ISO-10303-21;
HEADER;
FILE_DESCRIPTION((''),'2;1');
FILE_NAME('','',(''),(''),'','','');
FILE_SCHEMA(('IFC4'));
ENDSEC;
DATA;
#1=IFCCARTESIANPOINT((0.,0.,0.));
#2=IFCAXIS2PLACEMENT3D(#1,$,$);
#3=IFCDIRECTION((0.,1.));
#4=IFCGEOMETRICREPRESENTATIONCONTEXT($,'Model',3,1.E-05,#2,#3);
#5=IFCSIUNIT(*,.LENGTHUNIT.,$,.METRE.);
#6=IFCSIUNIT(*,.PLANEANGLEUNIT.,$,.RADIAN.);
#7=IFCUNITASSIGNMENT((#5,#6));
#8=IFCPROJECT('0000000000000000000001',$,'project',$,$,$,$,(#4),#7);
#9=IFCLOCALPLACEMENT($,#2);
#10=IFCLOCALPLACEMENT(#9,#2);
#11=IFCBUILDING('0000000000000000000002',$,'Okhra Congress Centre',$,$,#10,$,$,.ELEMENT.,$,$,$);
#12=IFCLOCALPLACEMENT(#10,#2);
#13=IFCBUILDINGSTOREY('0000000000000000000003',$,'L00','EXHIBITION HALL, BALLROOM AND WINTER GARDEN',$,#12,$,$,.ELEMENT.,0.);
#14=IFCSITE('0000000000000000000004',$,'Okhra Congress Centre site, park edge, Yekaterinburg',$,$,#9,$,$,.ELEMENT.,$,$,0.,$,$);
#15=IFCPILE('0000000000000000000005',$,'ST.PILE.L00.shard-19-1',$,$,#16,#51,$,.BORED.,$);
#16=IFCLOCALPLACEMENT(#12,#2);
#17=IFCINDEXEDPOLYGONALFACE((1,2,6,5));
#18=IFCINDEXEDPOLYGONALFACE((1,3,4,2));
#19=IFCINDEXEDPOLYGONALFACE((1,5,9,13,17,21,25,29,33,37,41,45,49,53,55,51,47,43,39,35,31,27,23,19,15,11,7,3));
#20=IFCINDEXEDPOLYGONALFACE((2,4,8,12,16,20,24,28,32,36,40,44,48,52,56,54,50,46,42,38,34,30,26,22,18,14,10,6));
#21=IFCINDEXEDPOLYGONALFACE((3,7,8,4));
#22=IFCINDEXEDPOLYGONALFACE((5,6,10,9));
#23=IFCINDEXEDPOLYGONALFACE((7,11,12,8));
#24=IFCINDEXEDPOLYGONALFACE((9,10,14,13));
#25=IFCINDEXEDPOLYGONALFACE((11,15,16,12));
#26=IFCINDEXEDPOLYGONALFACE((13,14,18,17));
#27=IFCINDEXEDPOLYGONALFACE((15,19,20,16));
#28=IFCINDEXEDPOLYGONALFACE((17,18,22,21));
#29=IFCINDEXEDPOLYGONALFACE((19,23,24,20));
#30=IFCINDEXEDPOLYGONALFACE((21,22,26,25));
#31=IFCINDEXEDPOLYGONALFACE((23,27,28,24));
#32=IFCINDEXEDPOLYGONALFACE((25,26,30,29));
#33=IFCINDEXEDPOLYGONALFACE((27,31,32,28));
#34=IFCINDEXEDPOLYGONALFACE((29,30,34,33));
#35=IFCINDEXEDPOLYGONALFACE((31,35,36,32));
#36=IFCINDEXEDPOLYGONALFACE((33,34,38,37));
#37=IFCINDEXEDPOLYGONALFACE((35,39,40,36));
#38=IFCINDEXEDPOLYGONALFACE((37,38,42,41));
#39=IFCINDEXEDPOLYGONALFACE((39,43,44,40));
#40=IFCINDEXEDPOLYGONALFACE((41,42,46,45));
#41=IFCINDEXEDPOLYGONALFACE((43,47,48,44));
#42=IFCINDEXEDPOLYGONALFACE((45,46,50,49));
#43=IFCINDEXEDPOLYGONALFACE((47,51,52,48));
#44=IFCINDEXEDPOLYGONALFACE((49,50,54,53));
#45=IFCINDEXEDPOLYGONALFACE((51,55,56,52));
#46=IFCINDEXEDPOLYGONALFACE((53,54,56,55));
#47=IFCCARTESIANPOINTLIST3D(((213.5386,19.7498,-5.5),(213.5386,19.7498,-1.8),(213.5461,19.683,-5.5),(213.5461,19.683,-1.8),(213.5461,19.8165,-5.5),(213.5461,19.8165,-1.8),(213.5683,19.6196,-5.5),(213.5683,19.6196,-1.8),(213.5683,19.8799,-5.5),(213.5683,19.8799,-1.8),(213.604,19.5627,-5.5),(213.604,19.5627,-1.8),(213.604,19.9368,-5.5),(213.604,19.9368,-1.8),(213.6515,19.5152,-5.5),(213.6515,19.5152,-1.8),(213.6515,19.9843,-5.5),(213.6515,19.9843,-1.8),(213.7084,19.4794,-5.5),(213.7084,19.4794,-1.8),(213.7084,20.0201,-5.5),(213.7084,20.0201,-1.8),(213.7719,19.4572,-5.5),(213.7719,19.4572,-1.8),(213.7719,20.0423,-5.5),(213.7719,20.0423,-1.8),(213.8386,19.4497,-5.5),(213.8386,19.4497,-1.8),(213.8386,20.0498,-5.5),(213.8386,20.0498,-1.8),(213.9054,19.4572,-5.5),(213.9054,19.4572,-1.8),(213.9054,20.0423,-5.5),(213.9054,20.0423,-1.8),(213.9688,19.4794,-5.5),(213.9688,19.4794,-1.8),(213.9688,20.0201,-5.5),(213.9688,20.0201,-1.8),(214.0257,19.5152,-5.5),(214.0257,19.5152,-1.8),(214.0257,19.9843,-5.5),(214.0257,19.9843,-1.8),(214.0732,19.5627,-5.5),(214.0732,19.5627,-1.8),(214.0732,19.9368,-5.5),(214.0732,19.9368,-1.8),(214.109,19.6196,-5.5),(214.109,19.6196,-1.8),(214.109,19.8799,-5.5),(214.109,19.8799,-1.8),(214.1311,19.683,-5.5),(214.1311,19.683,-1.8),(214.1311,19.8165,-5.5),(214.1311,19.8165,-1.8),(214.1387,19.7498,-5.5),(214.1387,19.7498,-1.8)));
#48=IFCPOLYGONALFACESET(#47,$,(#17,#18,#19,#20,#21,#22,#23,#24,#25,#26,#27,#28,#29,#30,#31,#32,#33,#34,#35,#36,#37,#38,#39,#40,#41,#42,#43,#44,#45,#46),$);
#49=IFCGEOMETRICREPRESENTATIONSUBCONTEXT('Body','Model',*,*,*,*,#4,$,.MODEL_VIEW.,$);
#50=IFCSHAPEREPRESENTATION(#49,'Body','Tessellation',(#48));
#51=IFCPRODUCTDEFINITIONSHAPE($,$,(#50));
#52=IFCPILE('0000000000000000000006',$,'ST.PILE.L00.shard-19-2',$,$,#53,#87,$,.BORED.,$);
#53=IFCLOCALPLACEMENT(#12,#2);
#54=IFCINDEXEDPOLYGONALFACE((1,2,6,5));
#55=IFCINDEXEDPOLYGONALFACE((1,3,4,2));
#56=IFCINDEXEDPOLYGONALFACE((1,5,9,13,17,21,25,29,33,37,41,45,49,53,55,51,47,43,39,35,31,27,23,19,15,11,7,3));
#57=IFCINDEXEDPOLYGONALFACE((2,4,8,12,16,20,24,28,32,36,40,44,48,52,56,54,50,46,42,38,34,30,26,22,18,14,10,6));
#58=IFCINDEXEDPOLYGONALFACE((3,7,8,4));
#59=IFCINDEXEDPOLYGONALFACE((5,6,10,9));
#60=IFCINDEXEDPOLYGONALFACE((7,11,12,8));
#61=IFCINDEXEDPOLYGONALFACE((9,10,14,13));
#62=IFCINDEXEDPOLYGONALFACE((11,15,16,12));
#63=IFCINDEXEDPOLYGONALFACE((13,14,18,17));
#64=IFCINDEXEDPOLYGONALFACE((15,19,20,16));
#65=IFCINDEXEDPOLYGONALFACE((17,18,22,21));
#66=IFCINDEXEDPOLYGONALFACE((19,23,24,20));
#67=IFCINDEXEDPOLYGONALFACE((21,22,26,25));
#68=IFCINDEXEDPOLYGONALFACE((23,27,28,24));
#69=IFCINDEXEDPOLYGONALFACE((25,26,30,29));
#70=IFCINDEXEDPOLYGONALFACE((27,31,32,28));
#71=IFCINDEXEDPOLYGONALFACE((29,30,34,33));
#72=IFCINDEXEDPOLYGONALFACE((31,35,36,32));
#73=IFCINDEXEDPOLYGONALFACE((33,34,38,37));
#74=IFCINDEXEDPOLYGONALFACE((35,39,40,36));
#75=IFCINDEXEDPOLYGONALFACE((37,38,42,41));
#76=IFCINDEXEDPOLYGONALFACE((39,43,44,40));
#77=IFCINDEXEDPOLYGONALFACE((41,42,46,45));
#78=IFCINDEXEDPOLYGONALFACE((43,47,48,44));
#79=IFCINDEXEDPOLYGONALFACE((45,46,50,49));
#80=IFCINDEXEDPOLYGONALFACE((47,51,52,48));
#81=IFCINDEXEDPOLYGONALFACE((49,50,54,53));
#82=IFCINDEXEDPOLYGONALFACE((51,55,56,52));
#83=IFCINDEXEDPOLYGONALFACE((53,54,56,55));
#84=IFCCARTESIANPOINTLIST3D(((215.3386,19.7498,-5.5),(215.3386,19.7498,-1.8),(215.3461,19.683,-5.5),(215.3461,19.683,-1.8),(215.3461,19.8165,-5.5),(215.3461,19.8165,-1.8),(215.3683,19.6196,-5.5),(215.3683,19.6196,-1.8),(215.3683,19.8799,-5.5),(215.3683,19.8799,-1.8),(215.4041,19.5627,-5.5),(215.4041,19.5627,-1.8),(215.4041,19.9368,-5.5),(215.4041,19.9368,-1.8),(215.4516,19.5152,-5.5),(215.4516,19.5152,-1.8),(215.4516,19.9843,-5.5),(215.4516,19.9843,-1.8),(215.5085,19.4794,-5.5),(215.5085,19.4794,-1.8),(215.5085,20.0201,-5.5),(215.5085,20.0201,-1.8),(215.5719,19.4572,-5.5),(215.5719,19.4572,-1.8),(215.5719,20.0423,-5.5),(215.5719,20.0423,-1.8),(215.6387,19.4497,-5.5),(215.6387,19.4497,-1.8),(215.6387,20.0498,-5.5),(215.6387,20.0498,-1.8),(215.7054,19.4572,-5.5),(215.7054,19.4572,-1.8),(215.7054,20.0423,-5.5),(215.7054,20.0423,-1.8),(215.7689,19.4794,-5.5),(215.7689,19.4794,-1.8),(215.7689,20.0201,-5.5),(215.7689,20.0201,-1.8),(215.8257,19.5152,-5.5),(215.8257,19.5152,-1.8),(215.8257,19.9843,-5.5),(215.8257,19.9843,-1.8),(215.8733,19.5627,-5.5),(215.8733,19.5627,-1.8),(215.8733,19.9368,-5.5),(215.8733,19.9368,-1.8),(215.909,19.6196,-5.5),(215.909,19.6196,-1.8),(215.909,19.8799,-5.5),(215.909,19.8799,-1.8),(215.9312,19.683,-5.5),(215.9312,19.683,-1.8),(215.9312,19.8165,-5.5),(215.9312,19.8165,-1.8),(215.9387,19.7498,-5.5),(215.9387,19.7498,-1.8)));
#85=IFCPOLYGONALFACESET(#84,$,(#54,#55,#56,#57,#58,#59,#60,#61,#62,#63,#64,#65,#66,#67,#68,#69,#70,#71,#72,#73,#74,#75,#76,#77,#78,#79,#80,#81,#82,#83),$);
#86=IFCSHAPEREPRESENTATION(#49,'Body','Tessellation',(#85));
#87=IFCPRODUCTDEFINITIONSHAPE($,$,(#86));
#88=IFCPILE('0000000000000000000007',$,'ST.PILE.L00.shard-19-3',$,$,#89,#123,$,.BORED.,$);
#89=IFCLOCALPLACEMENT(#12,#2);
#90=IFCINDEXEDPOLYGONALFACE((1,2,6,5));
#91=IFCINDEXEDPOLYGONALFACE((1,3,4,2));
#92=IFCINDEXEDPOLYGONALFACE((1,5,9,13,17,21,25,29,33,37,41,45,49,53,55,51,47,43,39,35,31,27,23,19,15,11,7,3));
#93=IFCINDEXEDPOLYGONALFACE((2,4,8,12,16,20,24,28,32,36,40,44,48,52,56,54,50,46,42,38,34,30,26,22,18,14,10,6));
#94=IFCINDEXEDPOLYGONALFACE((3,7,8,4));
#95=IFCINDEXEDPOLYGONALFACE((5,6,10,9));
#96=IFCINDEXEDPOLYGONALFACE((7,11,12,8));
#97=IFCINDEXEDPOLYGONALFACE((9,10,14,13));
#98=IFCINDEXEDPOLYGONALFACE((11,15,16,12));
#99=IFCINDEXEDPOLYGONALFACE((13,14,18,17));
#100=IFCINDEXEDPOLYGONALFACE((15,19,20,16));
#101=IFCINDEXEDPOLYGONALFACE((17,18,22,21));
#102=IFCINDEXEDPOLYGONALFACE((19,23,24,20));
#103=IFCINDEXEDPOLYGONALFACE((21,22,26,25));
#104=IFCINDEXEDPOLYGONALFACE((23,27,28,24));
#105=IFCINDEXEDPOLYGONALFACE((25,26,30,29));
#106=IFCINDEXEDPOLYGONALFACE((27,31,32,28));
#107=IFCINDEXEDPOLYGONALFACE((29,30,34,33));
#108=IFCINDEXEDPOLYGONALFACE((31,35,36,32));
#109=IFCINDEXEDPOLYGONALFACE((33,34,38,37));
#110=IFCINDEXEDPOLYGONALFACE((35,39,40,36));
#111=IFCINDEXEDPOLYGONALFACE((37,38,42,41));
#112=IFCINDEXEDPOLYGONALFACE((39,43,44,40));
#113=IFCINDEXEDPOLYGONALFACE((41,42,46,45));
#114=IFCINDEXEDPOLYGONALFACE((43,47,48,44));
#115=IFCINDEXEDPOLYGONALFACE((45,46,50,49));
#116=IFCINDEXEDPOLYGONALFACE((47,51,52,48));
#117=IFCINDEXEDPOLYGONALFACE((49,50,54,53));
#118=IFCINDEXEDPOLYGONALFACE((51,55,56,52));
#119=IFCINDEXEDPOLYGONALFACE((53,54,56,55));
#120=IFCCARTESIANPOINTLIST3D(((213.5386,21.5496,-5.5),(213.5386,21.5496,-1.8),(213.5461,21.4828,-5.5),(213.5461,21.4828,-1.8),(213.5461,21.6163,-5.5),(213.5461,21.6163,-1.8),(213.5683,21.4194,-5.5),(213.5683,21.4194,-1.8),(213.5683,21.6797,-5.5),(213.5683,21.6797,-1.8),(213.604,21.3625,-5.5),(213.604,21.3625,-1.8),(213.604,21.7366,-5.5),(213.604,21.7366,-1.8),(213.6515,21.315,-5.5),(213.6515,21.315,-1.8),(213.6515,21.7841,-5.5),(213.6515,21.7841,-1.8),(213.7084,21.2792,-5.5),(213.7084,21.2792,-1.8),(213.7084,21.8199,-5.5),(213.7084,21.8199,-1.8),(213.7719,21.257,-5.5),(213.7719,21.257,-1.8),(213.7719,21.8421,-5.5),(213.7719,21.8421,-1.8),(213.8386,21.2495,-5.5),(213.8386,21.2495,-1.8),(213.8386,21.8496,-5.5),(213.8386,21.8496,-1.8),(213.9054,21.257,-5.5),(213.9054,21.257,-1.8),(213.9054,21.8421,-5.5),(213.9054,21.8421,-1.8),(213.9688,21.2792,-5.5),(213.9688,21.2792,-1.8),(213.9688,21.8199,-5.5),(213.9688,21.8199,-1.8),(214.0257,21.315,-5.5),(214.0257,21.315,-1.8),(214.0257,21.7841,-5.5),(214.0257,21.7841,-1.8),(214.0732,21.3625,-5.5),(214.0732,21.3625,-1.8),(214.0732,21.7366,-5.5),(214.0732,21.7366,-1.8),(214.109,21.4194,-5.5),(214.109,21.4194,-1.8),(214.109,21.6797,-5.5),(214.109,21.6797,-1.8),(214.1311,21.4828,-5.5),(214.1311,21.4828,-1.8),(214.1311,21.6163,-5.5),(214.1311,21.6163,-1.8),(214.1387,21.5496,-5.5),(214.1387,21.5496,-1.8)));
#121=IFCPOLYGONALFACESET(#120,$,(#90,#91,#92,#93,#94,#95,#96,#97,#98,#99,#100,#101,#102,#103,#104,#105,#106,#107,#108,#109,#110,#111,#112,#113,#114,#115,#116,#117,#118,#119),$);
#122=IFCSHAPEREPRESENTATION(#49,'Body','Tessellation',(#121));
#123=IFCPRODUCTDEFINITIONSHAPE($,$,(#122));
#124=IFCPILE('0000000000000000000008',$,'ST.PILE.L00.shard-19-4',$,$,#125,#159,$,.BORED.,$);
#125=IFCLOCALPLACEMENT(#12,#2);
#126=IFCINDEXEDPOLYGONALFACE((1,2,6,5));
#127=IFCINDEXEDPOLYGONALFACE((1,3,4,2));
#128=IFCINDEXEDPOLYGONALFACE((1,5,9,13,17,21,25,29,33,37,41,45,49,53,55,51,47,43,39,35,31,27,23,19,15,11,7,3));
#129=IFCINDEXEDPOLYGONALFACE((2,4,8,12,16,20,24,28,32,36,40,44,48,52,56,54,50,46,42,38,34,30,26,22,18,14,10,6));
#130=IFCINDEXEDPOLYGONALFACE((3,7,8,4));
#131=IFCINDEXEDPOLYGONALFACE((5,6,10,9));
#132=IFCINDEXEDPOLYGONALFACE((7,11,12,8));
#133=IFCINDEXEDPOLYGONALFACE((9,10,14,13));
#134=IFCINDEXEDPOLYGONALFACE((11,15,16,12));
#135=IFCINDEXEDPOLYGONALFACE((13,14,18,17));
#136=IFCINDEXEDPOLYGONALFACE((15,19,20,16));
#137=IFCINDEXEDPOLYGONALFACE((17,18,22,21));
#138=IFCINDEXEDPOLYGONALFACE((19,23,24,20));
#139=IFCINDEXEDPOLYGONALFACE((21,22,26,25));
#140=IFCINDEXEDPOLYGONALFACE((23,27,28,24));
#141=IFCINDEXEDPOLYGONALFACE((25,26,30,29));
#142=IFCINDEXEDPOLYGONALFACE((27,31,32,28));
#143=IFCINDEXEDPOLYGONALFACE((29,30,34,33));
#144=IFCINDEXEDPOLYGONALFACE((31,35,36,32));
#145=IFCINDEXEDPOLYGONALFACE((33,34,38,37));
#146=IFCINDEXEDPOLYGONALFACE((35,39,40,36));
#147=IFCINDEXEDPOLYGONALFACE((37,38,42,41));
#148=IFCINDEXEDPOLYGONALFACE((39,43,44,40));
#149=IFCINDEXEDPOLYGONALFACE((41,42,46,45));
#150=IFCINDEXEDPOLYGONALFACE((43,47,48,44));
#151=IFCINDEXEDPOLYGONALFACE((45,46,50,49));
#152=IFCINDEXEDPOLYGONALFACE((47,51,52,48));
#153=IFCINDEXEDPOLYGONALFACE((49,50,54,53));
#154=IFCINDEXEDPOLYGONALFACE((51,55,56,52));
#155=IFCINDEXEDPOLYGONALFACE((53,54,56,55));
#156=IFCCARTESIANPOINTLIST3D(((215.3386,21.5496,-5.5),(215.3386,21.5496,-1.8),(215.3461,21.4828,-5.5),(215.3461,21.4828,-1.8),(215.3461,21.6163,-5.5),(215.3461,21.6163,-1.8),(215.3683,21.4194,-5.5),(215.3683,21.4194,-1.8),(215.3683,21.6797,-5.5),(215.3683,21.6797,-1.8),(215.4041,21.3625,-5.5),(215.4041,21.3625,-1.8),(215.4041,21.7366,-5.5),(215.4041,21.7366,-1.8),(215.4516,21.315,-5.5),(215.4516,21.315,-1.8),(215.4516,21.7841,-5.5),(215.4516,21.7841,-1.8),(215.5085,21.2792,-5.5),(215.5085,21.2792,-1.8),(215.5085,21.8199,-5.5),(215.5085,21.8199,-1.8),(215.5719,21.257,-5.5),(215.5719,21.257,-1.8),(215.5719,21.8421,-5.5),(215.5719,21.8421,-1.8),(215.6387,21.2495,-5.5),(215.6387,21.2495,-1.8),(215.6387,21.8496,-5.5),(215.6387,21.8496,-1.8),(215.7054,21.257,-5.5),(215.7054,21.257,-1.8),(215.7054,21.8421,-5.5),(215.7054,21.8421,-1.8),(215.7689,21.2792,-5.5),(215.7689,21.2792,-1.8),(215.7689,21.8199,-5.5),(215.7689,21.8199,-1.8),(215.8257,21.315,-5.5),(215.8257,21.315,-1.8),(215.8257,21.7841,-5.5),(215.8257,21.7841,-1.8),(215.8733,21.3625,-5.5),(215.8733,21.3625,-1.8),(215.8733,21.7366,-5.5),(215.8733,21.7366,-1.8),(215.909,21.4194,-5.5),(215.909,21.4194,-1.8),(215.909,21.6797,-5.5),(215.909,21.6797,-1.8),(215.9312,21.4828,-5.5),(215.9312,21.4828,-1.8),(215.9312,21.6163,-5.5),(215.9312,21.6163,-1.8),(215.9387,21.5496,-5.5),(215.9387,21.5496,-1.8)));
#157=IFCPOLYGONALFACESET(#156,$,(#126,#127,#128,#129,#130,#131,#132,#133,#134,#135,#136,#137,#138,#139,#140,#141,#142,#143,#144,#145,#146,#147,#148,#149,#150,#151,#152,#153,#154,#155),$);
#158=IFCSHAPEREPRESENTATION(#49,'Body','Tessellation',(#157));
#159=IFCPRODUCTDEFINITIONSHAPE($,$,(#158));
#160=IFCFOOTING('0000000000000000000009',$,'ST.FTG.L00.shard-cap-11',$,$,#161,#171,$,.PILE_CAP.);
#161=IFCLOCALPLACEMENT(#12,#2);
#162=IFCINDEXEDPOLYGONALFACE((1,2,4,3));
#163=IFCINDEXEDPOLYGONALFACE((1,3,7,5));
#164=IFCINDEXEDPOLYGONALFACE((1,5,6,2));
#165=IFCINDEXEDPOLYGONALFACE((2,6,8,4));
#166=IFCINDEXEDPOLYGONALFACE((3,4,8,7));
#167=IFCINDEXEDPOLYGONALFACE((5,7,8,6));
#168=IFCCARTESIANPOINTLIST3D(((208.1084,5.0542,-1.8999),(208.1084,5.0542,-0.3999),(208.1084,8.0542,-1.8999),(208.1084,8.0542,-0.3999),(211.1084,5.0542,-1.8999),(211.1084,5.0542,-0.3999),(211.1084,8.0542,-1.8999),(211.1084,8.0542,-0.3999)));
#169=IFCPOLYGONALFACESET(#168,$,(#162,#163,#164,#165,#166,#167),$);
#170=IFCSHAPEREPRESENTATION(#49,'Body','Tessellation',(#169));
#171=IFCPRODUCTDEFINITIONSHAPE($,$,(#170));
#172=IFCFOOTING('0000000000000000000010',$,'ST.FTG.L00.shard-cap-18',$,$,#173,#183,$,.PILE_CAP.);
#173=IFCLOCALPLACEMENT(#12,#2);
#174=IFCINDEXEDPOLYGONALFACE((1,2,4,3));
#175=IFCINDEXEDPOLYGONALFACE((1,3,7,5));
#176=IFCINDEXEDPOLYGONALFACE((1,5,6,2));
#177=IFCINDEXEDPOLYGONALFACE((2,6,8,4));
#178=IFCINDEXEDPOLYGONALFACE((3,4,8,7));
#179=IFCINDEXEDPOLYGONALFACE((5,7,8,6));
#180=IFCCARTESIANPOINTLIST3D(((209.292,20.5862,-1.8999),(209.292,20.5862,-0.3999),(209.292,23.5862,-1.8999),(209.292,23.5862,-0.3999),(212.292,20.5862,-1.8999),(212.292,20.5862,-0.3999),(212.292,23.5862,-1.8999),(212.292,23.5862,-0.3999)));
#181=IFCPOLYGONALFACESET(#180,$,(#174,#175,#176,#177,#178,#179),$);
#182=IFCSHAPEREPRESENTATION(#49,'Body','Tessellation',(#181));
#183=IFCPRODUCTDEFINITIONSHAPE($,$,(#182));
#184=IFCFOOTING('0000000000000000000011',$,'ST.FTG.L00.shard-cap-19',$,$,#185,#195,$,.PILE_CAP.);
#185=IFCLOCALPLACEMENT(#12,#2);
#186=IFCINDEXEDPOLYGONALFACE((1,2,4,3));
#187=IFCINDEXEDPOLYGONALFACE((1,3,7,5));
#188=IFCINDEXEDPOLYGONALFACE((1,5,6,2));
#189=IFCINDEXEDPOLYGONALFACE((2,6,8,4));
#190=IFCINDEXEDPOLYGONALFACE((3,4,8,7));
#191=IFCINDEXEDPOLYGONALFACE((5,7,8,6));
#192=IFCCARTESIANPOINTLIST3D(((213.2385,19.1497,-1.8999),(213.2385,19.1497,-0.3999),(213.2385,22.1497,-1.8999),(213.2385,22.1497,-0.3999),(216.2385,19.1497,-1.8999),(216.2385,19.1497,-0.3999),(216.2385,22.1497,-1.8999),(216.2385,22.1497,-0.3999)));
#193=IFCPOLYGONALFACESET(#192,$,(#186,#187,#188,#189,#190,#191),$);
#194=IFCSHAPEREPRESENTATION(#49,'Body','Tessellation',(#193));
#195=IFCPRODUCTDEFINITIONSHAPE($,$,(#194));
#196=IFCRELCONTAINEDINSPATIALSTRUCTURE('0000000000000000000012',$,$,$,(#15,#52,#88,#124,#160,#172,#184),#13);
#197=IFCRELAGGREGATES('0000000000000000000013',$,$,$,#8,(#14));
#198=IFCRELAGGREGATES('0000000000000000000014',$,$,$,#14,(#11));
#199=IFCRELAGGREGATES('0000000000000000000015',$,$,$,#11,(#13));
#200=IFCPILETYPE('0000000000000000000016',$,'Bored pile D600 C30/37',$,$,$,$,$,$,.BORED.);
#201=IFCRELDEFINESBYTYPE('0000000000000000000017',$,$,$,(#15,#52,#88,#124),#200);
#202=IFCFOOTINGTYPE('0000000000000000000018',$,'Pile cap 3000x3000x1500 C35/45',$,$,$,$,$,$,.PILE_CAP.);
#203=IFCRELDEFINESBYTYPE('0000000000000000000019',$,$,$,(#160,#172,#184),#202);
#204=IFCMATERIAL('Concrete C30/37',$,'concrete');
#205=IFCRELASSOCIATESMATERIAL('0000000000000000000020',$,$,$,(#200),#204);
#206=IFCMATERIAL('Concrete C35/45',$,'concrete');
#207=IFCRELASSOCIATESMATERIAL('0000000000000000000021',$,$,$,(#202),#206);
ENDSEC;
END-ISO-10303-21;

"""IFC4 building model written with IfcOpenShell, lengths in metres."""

from ifc_helpers import new_model, si_unit, direction, frame, origin, origin_2d, place, context, subcontext, project, spatial, rectangle, circle, extrude, material, material_profile, profile_set, type_object, element, save


model = new_model("IFC4")

# Units and contexts
model_context = context("Model", 3, precision=1e-05, world=origin(), true_north=direction((0.0, 1.0)))
body_context = subcontext(model_context, "Body", "Model", "MODEL_VIEW")
ifc_project = project(units=[si_unit("LENGTHUNIT", "METRE"), si_unit("PLANEANGLEUNIT", "RADIAN")], contexts=[model_context])

# Site, building, storey
site_placement = place(None, origin())
site = spatial("IfcSite", under=ifc_project, at=site_placement, Name="Okhra Congress Centre site, park edge, Yekaterinburg", CompositionType="ELEMENT", RefElevation=0.0)
building_placement = place(site_placement, origin())
building = spatial("IfcBuilding", under=site, at=building_placement, Name="Okhra Congress Centre", CompositionType="ELEMENT")
storey_placement = place(building_placement, origin())
storey = spatial("IfcBuildingStorey", under=building, at=storey_placement, Name="L00", Description="EXHIBITION HALL, BALLROOM AND WINTER GARDEN", CompositionType="ELEMENT", Elevation=0.0)

# Piles
ifc_material_1 = material(Name="Concrete C30/37", Category="concrete")
ifc_material_profile_1 = material_profile(ifc_material_1, circle(Radius=0.3, at=origin_2d()), Name="D600")
ifc_profile_set_1 = profile_set([ifc_material_profile_1], Name="Concrete C30/37")
pile_type = type_object("IfcPileType", Name="Bored pile D600 C30/37", PredefinedType="BORED", material=ifc_profile_set_1)
for number, where, z_axis, x_axis, name in (
    (1, (213.8386, 19.7498, -1.8), (0.0, 0.0, -1.0), (1.0, 0.0, 0.0), "ST.PILE.L00.shard-19-1"),
    (2, (215.6387, 19.7498, -1.8), (0.0, 0.0, -1.0), (1.0, 0.0, 0.0), "ST.PILE.L00.shard-19-2"),
    (3, (213.8386, 21.5496, -1.8), (0.0, 0.0, -1.0), (1.0, 0.0, 0.0), "ST.PILE.L00.shard-19-3"),
    (4, (215.6387, 21.5496, -1.8), (0.0, 0.0, -1.0), (1.0, 0.0, 0.0), "ST.PILE.L00.shard-19-4"),
):
    element("IfcPile", number, at=place(storey_placement, frame(where, z_axis=z_axis, x_axis=x_axis)), inside=storey, type_object=pile_type, Name=name, PredefinedType="BORED", context=body_context, shape_type="SweptSolid", body=[
        extrude(circle(Radius=0.3, at=origin_2d()), origin(), (0.0, 0.0, 1.0), 3.7),
    ])

# Footings
ifc_material_2 = material(Name="Concrete C35/45", Category="concrete")
footing_type = type_object("IfcFootingType", Name="Pile cap 3000x3000x1500 C35/45", PredefinedType="PILE_CAP", material=ifc_material_2)
for number, where, z_axis, x_axis, name in (
    (5, (209.6084, 6.5542, -1.8999), (0.0, 0.0, 1.0), (1.0, 0.0, 0.0), "ST.FTG.L00.shard-cap-11"),
    (6, (210.792, 22.0862, -1.8999), (0.0, 0.0, 1.0), (1.0, 0.0, 0.0), "ST.FTG.L00.shard-cap-18"),
    (7, (214.7385, 20.6497, -1.8999), (0.0, 0.0, 1.0), (1.0, 0.0, 0.0), "ST.FTG.L00.shard-cap-19"),
):
    element("IfcFooting", number, at=place(storey_placement, frame(where, z_axis=z_axis, x_axis=x_axis)), inside=storey, type_object=footing_type, Name=name, PredefinedType="PILE_CAP", context=body_context, shape_type="SweptSolid", body=[
        extrude(rectangle(XDim=3.0, YDim=3.0, at=origin_2d()), origin(), (0.0, 0.0, 1.0), 1.5),
    ])

save(model, "model.ifc")
